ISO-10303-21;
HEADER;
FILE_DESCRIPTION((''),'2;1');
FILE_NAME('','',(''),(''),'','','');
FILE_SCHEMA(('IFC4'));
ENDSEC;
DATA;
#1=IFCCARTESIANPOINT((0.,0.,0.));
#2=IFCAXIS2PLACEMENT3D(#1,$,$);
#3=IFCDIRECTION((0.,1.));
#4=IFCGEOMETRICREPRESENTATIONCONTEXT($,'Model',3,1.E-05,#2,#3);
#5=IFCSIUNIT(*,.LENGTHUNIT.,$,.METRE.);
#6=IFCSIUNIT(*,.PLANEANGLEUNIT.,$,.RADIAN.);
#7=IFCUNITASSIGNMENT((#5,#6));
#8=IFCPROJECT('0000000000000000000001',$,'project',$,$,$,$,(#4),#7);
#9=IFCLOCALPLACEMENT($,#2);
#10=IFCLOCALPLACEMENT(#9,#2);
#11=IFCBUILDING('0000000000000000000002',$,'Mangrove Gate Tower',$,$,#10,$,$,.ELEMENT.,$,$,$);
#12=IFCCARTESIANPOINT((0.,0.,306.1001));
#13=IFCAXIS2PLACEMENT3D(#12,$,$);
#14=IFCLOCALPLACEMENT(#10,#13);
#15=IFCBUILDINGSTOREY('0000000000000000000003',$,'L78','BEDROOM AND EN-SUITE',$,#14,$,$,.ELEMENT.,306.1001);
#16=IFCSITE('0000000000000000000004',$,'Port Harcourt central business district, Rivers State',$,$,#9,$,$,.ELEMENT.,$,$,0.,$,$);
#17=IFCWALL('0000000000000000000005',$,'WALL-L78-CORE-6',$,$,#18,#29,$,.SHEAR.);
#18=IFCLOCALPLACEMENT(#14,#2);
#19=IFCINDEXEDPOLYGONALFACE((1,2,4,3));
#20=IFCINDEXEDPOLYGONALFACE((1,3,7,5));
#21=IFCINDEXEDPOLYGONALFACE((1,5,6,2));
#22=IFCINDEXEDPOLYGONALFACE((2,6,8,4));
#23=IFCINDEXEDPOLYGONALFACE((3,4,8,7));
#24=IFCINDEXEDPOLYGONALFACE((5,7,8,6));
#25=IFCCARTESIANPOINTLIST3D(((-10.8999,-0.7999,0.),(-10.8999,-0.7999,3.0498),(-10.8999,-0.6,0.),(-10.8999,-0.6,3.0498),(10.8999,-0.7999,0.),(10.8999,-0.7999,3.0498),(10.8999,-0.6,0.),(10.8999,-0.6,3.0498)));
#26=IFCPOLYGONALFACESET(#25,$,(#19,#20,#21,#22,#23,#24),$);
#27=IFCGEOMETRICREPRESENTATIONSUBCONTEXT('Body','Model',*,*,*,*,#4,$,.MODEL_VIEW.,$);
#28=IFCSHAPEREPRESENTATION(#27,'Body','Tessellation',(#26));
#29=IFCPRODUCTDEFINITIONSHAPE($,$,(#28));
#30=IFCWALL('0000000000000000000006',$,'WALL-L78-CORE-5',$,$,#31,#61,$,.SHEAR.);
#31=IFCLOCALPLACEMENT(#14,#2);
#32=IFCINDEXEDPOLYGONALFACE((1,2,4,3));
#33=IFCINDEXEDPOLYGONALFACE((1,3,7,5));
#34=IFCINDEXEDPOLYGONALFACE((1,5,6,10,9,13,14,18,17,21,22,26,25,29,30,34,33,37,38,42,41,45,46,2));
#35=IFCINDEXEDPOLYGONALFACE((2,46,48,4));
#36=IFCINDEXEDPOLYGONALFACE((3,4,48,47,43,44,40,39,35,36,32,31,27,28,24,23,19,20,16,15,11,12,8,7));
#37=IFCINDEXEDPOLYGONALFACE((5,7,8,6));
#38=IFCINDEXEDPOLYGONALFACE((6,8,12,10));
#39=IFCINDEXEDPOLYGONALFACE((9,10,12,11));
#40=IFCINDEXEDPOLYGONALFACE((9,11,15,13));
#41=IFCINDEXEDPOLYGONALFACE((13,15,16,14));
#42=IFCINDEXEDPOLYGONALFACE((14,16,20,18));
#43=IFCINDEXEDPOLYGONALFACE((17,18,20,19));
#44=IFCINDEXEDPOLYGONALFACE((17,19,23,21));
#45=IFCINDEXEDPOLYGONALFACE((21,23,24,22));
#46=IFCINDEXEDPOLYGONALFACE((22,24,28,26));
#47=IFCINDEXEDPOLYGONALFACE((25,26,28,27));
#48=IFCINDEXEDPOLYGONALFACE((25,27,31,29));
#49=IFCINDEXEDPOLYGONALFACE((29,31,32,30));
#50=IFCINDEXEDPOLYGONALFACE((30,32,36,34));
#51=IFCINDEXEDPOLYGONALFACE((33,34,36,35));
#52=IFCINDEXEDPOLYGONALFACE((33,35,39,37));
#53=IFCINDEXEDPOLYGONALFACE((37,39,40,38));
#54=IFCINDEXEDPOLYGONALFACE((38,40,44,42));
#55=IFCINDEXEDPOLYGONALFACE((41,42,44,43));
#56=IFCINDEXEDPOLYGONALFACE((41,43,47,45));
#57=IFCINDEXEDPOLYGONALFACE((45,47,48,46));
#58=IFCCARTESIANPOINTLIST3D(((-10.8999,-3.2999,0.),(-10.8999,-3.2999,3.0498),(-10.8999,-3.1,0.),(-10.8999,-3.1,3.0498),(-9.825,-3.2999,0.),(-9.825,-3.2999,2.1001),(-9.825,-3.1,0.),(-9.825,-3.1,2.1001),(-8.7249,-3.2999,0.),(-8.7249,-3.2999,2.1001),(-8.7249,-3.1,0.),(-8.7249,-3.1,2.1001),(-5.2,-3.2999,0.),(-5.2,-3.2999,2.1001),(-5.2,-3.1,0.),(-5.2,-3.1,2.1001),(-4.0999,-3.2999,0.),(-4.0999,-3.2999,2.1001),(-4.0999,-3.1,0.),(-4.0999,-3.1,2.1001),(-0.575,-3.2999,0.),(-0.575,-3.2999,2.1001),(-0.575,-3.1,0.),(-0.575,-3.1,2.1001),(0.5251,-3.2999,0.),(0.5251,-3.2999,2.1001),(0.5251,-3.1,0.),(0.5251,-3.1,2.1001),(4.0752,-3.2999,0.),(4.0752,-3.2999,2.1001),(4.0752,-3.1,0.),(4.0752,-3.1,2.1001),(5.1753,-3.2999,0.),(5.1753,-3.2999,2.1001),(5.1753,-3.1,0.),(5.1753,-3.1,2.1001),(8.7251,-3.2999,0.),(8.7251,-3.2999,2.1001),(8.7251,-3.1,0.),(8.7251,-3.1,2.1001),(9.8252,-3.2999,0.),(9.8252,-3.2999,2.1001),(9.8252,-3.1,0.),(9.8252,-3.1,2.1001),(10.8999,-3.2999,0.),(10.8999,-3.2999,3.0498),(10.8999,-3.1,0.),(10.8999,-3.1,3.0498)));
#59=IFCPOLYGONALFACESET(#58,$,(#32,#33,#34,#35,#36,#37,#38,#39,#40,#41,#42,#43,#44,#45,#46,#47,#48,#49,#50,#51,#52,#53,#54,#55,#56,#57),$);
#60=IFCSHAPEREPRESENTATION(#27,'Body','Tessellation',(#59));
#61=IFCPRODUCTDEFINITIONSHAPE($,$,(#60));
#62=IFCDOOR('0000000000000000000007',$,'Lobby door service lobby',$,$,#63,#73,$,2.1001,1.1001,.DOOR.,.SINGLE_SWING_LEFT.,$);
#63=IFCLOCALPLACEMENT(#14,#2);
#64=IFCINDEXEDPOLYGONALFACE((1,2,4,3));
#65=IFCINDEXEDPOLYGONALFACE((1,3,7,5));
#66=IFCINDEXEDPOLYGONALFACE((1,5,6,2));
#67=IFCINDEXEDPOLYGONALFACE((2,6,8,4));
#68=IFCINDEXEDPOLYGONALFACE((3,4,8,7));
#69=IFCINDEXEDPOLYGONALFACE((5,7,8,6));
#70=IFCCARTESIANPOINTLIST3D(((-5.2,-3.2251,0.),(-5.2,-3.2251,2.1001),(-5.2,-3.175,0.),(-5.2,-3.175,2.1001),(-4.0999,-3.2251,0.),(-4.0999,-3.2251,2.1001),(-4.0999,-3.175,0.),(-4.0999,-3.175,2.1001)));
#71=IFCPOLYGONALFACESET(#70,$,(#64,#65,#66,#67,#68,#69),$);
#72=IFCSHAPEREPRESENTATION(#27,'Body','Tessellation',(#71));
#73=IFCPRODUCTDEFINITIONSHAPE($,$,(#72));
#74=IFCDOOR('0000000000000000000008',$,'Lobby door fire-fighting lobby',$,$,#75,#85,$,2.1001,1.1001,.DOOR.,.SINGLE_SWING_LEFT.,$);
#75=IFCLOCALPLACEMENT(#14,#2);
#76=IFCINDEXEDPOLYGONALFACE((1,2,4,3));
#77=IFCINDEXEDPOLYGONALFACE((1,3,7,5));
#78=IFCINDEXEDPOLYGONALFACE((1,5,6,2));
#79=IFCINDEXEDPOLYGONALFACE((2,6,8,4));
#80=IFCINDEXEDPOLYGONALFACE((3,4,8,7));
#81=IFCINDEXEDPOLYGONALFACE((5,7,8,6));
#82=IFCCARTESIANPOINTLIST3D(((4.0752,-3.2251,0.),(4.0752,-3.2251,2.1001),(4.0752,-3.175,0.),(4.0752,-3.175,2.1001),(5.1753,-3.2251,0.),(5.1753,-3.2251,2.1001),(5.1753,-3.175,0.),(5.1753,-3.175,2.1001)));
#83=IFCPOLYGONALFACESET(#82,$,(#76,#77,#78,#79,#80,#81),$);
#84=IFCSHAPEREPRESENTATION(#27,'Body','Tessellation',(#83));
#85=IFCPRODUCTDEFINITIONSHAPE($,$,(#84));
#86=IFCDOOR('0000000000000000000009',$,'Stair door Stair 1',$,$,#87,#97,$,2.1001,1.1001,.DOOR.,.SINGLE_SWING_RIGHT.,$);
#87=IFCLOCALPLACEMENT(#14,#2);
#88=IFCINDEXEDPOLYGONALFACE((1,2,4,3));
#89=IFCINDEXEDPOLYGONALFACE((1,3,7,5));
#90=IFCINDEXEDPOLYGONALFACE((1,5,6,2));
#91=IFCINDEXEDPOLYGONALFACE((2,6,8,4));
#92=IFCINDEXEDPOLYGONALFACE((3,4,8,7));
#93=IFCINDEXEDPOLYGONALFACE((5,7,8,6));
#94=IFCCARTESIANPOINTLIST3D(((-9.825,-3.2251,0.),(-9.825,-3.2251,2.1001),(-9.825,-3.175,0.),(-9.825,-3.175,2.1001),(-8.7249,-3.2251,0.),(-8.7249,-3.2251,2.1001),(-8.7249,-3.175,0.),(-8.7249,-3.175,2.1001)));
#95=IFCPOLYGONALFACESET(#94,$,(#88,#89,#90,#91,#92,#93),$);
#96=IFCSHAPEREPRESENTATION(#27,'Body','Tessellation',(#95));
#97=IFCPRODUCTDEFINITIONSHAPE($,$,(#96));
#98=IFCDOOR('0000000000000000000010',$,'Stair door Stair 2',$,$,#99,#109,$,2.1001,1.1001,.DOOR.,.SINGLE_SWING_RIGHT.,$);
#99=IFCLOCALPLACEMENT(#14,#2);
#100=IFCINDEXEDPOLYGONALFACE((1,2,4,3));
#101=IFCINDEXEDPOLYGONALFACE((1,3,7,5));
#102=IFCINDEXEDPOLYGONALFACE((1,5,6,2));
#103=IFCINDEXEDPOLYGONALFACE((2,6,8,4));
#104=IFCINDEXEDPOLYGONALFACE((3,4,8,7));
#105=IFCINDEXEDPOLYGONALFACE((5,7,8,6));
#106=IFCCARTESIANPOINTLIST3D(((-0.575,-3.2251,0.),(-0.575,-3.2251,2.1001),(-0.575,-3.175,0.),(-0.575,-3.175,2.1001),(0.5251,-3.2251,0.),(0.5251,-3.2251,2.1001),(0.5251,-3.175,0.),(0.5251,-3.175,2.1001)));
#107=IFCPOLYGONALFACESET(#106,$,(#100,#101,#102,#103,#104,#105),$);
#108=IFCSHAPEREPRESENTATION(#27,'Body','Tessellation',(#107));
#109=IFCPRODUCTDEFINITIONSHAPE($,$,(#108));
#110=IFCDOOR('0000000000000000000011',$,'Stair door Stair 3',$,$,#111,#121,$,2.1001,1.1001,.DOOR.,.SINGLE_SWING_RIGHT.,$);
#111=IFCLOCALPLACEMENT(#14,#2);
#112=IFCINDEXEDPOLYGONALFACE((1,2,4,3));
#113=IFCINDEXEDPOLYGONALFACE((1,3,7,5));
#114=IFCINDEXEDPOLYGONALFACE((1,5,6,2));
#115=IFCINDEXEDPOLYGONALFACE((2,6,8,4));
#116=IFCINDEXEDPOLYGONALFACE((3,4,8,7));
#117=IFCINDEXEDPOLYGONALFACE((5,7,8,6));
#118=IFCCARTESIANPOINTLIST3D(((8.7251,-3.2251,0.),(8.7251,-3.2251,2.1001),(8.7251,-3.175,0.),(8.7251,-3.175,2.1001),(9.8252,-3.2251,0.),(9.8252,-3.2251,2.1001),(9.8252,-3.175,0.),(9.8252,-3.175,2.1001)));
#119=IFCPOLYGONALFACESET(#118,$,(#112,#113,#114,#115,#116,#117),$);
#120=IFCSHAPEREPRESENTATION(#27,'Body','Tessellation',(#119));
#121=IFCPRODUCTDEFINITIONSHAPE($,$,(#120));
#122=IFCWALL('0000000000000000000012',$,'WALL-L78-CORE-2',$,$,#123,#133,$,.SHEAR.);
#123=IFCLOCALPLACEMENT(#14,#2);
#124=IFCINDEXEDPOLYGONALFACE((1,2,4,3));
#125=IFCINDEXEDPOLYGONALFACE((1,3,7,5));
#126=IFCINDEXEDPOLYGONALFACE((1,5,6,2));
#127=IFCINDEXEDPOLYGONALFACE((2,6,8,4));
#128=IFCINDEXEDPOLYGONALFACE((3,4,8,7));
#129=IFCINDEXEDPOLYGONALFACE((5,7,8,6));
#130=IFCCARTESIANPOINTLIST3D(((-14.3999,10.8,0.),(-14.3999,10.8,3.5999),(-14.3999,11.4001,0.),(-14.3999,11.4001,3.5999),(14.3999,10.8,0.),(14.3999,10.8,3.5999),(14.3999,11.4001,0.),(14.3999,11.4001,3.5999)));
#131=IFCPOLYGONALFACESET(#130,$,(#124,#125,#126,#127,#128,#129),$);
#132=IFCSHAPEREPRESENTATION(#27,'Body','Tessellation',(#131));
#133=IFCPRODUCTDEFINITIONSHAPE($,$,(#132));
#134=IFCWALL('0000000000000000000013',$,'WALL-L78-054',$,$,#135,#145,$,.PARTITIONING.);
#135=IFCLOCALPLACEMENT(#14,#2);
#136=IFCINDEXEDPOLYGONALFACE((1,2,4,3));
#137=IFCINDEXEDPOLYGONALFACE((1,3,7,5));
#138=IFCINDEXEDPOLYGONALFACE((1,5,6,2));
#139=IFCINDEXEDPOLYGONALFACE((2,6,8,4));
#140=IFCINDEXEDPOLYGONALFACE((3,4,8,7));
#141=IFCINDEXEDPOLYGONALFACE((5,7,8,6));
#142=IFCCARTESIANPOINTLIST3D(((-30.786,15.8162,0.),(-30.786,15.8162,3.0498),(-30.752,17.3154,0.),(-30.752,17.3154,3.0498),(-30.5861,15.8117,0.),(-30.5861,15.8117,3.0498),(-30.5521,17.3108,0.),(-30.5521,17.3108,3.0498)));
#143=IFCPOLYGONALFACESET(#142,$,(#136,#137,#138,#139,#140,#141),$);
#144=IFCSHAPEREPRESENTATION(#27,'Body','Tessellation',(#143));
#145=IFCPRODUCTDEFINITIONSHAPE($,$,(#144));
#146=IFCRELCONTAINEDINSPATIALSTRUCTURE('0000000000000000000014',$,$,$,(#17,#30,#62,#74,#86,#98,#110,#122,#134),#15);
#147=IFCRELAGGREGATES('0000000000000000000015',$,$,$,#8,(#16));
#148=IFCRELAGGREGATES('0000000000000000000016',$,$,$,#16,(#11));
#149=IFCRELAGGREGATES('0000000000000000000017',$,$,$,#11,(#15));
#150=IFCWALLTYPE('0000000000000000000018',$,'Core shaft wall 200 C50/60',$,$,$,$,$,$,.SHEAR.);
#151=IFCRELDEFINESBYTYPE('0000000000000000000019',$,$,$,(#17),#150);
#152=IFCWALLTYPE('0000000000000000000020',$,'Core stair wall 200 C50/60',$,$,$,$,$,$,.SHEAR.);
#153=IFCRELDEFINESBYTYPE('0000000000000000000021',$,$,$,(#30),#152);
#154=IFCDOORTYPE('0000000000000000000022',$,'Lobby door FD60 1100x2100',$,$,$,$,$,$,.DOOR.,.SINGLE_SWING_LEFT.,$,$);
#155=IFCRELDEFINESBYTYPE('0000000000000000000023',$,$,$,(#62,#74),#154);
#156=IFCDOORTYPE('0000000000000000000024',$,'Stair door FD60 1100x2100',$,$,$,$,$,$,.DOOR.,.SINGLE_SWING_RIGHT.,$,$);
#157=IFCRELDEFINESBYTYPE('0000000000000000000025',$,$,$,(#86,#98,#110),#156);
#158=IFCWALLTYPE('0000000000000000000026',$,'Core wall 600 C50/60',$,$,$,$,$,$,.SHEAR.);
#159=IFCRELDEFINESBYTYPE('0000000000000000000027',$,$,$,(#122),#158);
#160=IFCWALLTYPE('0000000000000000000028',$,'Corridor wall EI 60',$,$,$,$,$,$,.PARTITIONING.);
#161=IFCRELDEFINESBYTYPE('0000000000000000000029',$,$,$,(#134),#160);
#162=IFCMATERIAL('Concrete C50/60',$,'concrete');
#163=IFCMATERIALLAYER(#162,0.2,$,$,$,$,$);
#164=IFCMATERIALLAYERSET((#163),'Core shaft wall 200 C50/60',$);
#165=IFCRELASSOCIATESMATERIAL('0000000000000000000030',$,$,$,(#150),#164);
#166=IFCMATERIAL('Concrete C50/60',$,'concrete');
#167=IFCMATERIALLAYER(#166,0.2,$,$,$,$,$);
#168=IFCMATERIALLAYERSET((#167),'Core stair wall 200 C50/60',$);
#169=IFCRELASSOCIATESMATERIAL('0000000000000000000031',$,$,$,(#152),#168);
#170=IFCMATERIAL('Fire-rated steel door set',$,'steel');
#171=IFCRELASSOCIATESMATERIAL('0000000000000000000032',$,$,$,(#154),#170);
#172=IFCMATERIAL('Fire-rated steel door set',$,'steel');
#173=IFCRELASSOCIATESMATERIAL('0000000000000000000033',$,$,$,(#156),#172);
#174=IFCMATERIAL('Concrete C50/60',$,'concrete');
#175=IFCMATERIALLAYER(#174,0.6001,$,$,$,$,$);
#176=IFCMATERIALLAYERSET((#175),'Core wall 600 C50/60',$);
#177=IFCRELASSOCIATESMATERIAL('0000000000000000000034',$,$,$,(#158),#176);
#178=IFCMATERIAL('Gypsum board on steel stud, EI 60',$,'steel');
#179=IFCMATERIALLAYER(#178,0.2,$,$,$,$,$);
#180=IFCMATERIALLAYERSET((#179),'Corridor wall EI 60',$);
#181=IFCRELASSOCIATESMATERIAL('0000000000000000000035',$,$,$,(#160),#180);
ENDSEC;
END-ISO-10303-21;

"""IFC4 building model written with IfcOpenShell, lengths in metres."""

from ifc_helpers import new_model, si_unit, direction, frame, frame_2d, origin, place, context, subcontext, project, spatial, rectangle, extrude, material, layer, layer_set, type_object, element, fill, save


model = new_model("IFC4")

# Units and contexts
model_context = context("Model", 3, precision=1e-05, world=origin(), true_north=direction((0.0, 1.0)))
body_context = subcontext(model_context, "Body", "Model", "MODEL_VIEW")
ifc_project = project(units=[si_unit("LENGTHUNIT", "METRE"), si_unit("PLANEANGLEUNIT", "RADIAN")], contexts=[model_context])

# Site, building, storey
site_placement = place(None, origin())
site = spatial("IfcSite", under=ifc_project, at=site_placement, Name="Port Harcourt central business district, Rivers State", CompositionType="ELEMENT", RefElevation=0.0)
building_placement = place(site_placement, origin())
building = spatial("IfcBuilding", under=site, at=building_placement, Name="Mangrove Gate Tower", CompositionType="ELEMENT")
storey_placement = place(building_placement, frame((0.0, 0.0, 306.1001)))
storey = spatial("IfcBuildingStorey", under=building, at=storey_placement, Name="L78", Description="BEDROOM AND EN-SUITE", CompositionType="ELEMENT", Elevation=306.1001)

# Wall
ifc_material_1 = material(Name="Concrete C50/60", Category="concrete")
ifc_layer_1 = layer(ifc_material_1, 0.2)
ifc_layer_set_1 = layer_set([ifc_layer_1], Name="Core shaft wall 200 C50/60")
wall_type_1 = type_object("IfcWallType", Name="Core shaft wall 200 C50/60", PredefinedType="SHEAR", material=ifc_layer_set_1)
wall_1_placement = place(storey_placement, frame((-10.8999, -0.7, 0.0), z_axis=(0.0, 0.0, 1.0), x_axis=(1.0, 0.0, 0.0)))
element("IfcWall", 1, at=wall_1_placement, inside=storey, type_object=wall_type_1, Name="WALL-L78-CORE-6", PredefinedType="SHEAR", context=body_context, shape_type="SweptSolid", body=[
    extrude(rectangle(XDim=21.7998, YDim=0.2, at=frame_2d((10.8999, 0.0))), origin(), (0.0, 0.0, 1.0), 3.0498),
])

# Wall, openings, doors
ifc_material_2 = material(Name="Concrete C50/60", Category="concrete")
ifc_layer_2 = layer(ifc_material_2, 0.2)
ifc_layer_set_2 = layer_set([ifc_layer_2], Name="Core stair wall 200 C50/60")
wall_type_2 = type_object("IfcWallType", Name="Core stair wall 200 C50/60", PredefinedType="SHEAR", material=ifc_layer_set_2)
wall_2_placement = place(storey_placement, frame((-10.8999, -3.2, 0.0), z_axis=(0.0, 0.0, 1.0), x_axis=(1.0, 0.0, 0.0)))
wall_2 = element("IfcWall", 2, at=wall_2_placement, inside=storey, type_object=wall_type_2, Name="WALL-L78-CORE-5", PredefinedType="SHEAR", context=body_context, shape_type="SweptSolid", body=[
    extrude(rectangle(XDim=21.7998, YDim=0.2, at=frame_2d((10.8999, 0.0))), origin(), (0.0, 0.0, 1.0), 3.0498),
])
opening_1_placement = place(wall_2_placement, frame((1.075, 0.0, 0.0)))
opening_1 = element("IfcOpeningElement", 3, at=opening_1_placement, cuts=wall_2, PredefinedType="OPENING", context=body_context, shape_type="SweptSolid", body=[
    extrude(rectangle(XDim=1.1001, YDim=2.1001, at=frame_2d((0.55, 1.05))), frame((0.0, 0.1099, 0.0), z_axis=(0.0, -1.0, 0.0), x_axis=(1.0, 0.0, 0.0)), (0.0, 0.0, 1.0), 0.22),
])
opening_2_placement = place(wall_2_placement, frame((10.325, 0.0, 0.0)))
opening_2 = element("IfcOpeningElement", 4, at=opening_2_placement, cuts=wall_2, PredefinedType="OPENING", context=body_context, shape_type="SweptSolid", body=[
    extrude(rectangle(XDim=1.1001, YDim=2.1001, at=frame_2d((0.55, 1.05))), frame((0.0, 0.1099, 0.0), z_axis=(0.0, -1.0, 0.0), x_axis=(1.0, 0.0, 0.0)), (0.0, 0.0, 1.0), 0.22),
])
opening_3_placement = place(wall_2_placement, frame((19.625, 0.0, 0.0)))
opening_3 = element("IfcOpeningElement", 5, at=opening_3_placement, cuts=wall_2, PredefinedType="OPENING", context=body_context, shape_type="SweptSolid", body=[
    extrude(rectangle(XDim=1.1001, YDim=2.1001, at=frame_2d((0.55, 1.05))), frame((0.0, 0.1099, 0.0), z_axis=(0.0, -1.0, 0.0), x_axis=(1.0, 0.0, 0.0)), (0.0, 0.0, 1.0), 0.22),
])
opening_4_placement = place(wall_2_placement, frame((5.7, 0.0, 0.0)))
opening_4 = element("IfcOpeningElement", 6, at=opening_4_placement, cuts=wall_2, PredefinedType="OPENING", context=body_context, shape_type="SweptSolid", body=[
    extrude(rectangle(XDim=1.1001, YDim=2.1001, at=frame_2d((0.55, 1.05))), frame((0.0, 0.1099, 0.0), z_axis=(0.0, -1.0, 0.0), x_axis=(1.0, 0.0, 0.0)), (0.0, 0.0, 1.0), 0.22),
])
opening_5_placement = place(wall_2_placement, frame((14.9751, 0.0, 0.0)))
opening_5 = element("IfcOpeningElement", 7, at=opening_5_placement, cuts=wall_2, PredefinedType="OPENING", context=body_context, shape_type="SweptSolid", body=[
    extrude(rectangle(XDim=1.1001, YDim=2.1001, at=frame_2d((0.55, 1.05))), frame((0.0, 0.1099, 0.0), z_axis=(0.0, -1.0, 0.0), x_axis=(1.0, 0.0, 0.0)), (0.0, 0.0, 1.0), 0.22),
])
ifc_material_3 = material(Name="Fire-rated steel door set", Category="steel")
door_type_1 = type_object("IfcDoorType", Name="Lobby door FD60 1100x2100", OperationType="SINGLE_SWING_LEFT", PredefinedType="DOOR", material=ifc_material_3)
door_1_placement = place(opening_4_placement, origin())
door_1 = element("IfcDoor", 8, at=door_1_placement, inside=storey, type_object=door_type_1, Name="Lobby door service lobby", OperationType="SINGLE_SWING_LEFT", OverallHeight=2.1001, OverallWidth=1.1001, PredefinedType="DOOR", context=body_context, shape_type="SweptSolid", body=[
    extrude(rectangle(XDim=1.1001, YDim=2.1001, at=frame_2d((0.55, 1.05))), frame((0.0, 0.0249, 0.0), z_axis=(0.0, -1.0, 0.0), x_axis=(1.0, 0.0, 0.0)), (0.0, 0.0, 1.0), 0.05),
])
fill(opening_4, door_1)
door_2_placement = place(opening_5_placement, origin())
door_2 = element("IfcDoor", 9, at=door_2_placement, inside=storey, type_object=door_type_1, Name="Lobby door fire-fighting lobby", OperationType="SINGLE_SWING_LEFT", OverallHeight=2.1001, OverallWidth=1.1001, PredefinedType="DOOR", context=body_context, shape_type="SweptSolid", body=[
    extrude(rectangle(XDim=1.1001, YDim=2.1001, at=frame_2d((0.55, 1.05))), frame((0.0, 0.0249, 0.0), z_axis=(0.0, -1.0, 0.0), x_axis=(1.0, 0.0, 0.0)), (0.0, 0.0, 1.0), 0.05),
])
fill(opening_5, door_2)
ifc_material_4 = material(Name="Fire-rated steel door set", Category="steel")
door_type_2 = type_object("IfcDoorType", Name="Stair door FD60 1100x2100", OperationType="SINGLE_SWING_RIGHT", PredefinedType="DOOR", material=ifc_material_4)
door_3_placement = place(opening_1_placement, origin())
door_3 = element("IfcDoor", 10, at=door_3_placement, inside=storey, type_object=door_type_2, Name="Stair door Stair 1", OperationType="SINGLE_SWING_RIGHT", OverallHeight=2.1001, OverallWidth=1.1001, PredefinedType="DOOR", context=body_context, shape_type="SweptSolid", body=[
    extrude(rectangle(XDim=1.1001, YDim=2.1001, at=frame_2d((0.55, 1.05))), frame((0.0, 0.0249, 0.0), z_axis=(0.0, -1.0, 0.0), x_axis=(1.0, 0.0, 0.0)), (0.0, 0.0, 1.0), 0.05),
])
fill(opening_1, door_3)
door_4_placement = place(opening_2_placement, origin())
door_4 = element("IfcDoor", 11, at=door_4_placement, inside=storey, type_object=door_type_2, Name="Stair door Stair 2", OperationType="SINGLE_SWING_RIGHT", OverallHeight=2.1001, OverallWidth=1.1001, PredefinedType="DOOR", context=body_context, shape_type="SweptSolid", body=[
    extrude(rectangle(XDim=1.1001, YDim=2.1001, at=frame_2d((0.55, 1.05))), frame((0.0, 0.0249, 0.0), z_axis=(0.0, -1.0, 0.0), x_axis=(1.0, 0.0, 0.0)), (0.0, 0.0, 1.0), 0.05),
])
fill(opening_2, door_4)
door_5_placement = place(opening_3_placement, origin())
door_5 = element("IfcDoor", 12, at=door_5_placement, inside=storey, type_object=door_type_2, Name="Stair door Stair 3", OperationType="SINGLE_SWING_RIGHT", OverallHeight=2.1001, OverallWidth=1.1001, PredefinedType="DOOR", context=body_context, shape_type="SweptSolid", body=[
    extrude(rectangle(XDim=1.1001, YDim=2.1001, at=frame_2d((0.55, 1.05))), frame((0.0, 0.0249, 0.0), z_axis=(0.0, -1.0, 0.0), x_axis=(1.0, 0.0, 0.0)), (0.0, 0.0, 1.0), 0.05),
])
fill(opening_3, door_5)

# Walls
ifc_material_5 = material(Name="Concrete C50/60", Category="concrete")
ifc_layer_3 = layer(ifc_material_5, 0.6001)
ifc_layer_set_3 = layer_set([ifc_layer_3], Name="Core wall 600 C50/60")
wall_type_3 = type_object("IfcWallType", Name="Core wall 600 C50/60", PredefinedType="SHEAR", material=ifc_layer_set_3)
wall_3_placement = place(storey_placement, frame((-14.3999, 11.1001, 0.0), z_axis=(0.0, 0.0, 1.0), x_axis=(1.0, 0.0, 0.0)))
element("IfcWall", 13, at=wall_3_placement, inside=storey, type_object=wall_type_3, Name="WALL-L78-CORE-2", PredefinedType="SHEAR", context=body_context, shape_type="SweptSolid", body=[
    extrude(rectangle(XDim=28.7998, YDim=0.6001, at=frame_2d((14.3999, 0.0))), origin(), (0.0, 0.0, 1.0), 3.5999),
])
ifc_material_6 = material(Name="Gypsum board on steel stud, EI 60", Category="steel")
ifc_layer_4 = layer(ifc_material_6, 0.2)
ifc_layer_set_4 = layer_set([ifc_layer_4], Name="Corridor wall EI 60")
wall_type_4 = type_object("IfcWallType", Name="Corridor wall EI 60", PredefinedType="PARTITIONING", material=ifc_layer_set_4)
wall_4_placement = place(storey_placement, frame((-30.686, 15.814, 0.0), z_axis=(0.0, 0.0, 1.0), x_axis=(0.022633, 0.999744, 0.0)))
element("IfcWall", 14, at=wall_4_placement, inside=storey, type_object=wall_type_4, Name="WALL-L78-054", PredefinedType="PARTITIONING", context=body_context, shape_type="SweptSolid", body=[
    extrude(rectangle(XDim=1.4995, YDim=0.2, at=frame_2d((0.7498, 0.0))), origin(), (0.0, 0.0, 1.0), 3.0498),
])

save(model, "model.ifc")
